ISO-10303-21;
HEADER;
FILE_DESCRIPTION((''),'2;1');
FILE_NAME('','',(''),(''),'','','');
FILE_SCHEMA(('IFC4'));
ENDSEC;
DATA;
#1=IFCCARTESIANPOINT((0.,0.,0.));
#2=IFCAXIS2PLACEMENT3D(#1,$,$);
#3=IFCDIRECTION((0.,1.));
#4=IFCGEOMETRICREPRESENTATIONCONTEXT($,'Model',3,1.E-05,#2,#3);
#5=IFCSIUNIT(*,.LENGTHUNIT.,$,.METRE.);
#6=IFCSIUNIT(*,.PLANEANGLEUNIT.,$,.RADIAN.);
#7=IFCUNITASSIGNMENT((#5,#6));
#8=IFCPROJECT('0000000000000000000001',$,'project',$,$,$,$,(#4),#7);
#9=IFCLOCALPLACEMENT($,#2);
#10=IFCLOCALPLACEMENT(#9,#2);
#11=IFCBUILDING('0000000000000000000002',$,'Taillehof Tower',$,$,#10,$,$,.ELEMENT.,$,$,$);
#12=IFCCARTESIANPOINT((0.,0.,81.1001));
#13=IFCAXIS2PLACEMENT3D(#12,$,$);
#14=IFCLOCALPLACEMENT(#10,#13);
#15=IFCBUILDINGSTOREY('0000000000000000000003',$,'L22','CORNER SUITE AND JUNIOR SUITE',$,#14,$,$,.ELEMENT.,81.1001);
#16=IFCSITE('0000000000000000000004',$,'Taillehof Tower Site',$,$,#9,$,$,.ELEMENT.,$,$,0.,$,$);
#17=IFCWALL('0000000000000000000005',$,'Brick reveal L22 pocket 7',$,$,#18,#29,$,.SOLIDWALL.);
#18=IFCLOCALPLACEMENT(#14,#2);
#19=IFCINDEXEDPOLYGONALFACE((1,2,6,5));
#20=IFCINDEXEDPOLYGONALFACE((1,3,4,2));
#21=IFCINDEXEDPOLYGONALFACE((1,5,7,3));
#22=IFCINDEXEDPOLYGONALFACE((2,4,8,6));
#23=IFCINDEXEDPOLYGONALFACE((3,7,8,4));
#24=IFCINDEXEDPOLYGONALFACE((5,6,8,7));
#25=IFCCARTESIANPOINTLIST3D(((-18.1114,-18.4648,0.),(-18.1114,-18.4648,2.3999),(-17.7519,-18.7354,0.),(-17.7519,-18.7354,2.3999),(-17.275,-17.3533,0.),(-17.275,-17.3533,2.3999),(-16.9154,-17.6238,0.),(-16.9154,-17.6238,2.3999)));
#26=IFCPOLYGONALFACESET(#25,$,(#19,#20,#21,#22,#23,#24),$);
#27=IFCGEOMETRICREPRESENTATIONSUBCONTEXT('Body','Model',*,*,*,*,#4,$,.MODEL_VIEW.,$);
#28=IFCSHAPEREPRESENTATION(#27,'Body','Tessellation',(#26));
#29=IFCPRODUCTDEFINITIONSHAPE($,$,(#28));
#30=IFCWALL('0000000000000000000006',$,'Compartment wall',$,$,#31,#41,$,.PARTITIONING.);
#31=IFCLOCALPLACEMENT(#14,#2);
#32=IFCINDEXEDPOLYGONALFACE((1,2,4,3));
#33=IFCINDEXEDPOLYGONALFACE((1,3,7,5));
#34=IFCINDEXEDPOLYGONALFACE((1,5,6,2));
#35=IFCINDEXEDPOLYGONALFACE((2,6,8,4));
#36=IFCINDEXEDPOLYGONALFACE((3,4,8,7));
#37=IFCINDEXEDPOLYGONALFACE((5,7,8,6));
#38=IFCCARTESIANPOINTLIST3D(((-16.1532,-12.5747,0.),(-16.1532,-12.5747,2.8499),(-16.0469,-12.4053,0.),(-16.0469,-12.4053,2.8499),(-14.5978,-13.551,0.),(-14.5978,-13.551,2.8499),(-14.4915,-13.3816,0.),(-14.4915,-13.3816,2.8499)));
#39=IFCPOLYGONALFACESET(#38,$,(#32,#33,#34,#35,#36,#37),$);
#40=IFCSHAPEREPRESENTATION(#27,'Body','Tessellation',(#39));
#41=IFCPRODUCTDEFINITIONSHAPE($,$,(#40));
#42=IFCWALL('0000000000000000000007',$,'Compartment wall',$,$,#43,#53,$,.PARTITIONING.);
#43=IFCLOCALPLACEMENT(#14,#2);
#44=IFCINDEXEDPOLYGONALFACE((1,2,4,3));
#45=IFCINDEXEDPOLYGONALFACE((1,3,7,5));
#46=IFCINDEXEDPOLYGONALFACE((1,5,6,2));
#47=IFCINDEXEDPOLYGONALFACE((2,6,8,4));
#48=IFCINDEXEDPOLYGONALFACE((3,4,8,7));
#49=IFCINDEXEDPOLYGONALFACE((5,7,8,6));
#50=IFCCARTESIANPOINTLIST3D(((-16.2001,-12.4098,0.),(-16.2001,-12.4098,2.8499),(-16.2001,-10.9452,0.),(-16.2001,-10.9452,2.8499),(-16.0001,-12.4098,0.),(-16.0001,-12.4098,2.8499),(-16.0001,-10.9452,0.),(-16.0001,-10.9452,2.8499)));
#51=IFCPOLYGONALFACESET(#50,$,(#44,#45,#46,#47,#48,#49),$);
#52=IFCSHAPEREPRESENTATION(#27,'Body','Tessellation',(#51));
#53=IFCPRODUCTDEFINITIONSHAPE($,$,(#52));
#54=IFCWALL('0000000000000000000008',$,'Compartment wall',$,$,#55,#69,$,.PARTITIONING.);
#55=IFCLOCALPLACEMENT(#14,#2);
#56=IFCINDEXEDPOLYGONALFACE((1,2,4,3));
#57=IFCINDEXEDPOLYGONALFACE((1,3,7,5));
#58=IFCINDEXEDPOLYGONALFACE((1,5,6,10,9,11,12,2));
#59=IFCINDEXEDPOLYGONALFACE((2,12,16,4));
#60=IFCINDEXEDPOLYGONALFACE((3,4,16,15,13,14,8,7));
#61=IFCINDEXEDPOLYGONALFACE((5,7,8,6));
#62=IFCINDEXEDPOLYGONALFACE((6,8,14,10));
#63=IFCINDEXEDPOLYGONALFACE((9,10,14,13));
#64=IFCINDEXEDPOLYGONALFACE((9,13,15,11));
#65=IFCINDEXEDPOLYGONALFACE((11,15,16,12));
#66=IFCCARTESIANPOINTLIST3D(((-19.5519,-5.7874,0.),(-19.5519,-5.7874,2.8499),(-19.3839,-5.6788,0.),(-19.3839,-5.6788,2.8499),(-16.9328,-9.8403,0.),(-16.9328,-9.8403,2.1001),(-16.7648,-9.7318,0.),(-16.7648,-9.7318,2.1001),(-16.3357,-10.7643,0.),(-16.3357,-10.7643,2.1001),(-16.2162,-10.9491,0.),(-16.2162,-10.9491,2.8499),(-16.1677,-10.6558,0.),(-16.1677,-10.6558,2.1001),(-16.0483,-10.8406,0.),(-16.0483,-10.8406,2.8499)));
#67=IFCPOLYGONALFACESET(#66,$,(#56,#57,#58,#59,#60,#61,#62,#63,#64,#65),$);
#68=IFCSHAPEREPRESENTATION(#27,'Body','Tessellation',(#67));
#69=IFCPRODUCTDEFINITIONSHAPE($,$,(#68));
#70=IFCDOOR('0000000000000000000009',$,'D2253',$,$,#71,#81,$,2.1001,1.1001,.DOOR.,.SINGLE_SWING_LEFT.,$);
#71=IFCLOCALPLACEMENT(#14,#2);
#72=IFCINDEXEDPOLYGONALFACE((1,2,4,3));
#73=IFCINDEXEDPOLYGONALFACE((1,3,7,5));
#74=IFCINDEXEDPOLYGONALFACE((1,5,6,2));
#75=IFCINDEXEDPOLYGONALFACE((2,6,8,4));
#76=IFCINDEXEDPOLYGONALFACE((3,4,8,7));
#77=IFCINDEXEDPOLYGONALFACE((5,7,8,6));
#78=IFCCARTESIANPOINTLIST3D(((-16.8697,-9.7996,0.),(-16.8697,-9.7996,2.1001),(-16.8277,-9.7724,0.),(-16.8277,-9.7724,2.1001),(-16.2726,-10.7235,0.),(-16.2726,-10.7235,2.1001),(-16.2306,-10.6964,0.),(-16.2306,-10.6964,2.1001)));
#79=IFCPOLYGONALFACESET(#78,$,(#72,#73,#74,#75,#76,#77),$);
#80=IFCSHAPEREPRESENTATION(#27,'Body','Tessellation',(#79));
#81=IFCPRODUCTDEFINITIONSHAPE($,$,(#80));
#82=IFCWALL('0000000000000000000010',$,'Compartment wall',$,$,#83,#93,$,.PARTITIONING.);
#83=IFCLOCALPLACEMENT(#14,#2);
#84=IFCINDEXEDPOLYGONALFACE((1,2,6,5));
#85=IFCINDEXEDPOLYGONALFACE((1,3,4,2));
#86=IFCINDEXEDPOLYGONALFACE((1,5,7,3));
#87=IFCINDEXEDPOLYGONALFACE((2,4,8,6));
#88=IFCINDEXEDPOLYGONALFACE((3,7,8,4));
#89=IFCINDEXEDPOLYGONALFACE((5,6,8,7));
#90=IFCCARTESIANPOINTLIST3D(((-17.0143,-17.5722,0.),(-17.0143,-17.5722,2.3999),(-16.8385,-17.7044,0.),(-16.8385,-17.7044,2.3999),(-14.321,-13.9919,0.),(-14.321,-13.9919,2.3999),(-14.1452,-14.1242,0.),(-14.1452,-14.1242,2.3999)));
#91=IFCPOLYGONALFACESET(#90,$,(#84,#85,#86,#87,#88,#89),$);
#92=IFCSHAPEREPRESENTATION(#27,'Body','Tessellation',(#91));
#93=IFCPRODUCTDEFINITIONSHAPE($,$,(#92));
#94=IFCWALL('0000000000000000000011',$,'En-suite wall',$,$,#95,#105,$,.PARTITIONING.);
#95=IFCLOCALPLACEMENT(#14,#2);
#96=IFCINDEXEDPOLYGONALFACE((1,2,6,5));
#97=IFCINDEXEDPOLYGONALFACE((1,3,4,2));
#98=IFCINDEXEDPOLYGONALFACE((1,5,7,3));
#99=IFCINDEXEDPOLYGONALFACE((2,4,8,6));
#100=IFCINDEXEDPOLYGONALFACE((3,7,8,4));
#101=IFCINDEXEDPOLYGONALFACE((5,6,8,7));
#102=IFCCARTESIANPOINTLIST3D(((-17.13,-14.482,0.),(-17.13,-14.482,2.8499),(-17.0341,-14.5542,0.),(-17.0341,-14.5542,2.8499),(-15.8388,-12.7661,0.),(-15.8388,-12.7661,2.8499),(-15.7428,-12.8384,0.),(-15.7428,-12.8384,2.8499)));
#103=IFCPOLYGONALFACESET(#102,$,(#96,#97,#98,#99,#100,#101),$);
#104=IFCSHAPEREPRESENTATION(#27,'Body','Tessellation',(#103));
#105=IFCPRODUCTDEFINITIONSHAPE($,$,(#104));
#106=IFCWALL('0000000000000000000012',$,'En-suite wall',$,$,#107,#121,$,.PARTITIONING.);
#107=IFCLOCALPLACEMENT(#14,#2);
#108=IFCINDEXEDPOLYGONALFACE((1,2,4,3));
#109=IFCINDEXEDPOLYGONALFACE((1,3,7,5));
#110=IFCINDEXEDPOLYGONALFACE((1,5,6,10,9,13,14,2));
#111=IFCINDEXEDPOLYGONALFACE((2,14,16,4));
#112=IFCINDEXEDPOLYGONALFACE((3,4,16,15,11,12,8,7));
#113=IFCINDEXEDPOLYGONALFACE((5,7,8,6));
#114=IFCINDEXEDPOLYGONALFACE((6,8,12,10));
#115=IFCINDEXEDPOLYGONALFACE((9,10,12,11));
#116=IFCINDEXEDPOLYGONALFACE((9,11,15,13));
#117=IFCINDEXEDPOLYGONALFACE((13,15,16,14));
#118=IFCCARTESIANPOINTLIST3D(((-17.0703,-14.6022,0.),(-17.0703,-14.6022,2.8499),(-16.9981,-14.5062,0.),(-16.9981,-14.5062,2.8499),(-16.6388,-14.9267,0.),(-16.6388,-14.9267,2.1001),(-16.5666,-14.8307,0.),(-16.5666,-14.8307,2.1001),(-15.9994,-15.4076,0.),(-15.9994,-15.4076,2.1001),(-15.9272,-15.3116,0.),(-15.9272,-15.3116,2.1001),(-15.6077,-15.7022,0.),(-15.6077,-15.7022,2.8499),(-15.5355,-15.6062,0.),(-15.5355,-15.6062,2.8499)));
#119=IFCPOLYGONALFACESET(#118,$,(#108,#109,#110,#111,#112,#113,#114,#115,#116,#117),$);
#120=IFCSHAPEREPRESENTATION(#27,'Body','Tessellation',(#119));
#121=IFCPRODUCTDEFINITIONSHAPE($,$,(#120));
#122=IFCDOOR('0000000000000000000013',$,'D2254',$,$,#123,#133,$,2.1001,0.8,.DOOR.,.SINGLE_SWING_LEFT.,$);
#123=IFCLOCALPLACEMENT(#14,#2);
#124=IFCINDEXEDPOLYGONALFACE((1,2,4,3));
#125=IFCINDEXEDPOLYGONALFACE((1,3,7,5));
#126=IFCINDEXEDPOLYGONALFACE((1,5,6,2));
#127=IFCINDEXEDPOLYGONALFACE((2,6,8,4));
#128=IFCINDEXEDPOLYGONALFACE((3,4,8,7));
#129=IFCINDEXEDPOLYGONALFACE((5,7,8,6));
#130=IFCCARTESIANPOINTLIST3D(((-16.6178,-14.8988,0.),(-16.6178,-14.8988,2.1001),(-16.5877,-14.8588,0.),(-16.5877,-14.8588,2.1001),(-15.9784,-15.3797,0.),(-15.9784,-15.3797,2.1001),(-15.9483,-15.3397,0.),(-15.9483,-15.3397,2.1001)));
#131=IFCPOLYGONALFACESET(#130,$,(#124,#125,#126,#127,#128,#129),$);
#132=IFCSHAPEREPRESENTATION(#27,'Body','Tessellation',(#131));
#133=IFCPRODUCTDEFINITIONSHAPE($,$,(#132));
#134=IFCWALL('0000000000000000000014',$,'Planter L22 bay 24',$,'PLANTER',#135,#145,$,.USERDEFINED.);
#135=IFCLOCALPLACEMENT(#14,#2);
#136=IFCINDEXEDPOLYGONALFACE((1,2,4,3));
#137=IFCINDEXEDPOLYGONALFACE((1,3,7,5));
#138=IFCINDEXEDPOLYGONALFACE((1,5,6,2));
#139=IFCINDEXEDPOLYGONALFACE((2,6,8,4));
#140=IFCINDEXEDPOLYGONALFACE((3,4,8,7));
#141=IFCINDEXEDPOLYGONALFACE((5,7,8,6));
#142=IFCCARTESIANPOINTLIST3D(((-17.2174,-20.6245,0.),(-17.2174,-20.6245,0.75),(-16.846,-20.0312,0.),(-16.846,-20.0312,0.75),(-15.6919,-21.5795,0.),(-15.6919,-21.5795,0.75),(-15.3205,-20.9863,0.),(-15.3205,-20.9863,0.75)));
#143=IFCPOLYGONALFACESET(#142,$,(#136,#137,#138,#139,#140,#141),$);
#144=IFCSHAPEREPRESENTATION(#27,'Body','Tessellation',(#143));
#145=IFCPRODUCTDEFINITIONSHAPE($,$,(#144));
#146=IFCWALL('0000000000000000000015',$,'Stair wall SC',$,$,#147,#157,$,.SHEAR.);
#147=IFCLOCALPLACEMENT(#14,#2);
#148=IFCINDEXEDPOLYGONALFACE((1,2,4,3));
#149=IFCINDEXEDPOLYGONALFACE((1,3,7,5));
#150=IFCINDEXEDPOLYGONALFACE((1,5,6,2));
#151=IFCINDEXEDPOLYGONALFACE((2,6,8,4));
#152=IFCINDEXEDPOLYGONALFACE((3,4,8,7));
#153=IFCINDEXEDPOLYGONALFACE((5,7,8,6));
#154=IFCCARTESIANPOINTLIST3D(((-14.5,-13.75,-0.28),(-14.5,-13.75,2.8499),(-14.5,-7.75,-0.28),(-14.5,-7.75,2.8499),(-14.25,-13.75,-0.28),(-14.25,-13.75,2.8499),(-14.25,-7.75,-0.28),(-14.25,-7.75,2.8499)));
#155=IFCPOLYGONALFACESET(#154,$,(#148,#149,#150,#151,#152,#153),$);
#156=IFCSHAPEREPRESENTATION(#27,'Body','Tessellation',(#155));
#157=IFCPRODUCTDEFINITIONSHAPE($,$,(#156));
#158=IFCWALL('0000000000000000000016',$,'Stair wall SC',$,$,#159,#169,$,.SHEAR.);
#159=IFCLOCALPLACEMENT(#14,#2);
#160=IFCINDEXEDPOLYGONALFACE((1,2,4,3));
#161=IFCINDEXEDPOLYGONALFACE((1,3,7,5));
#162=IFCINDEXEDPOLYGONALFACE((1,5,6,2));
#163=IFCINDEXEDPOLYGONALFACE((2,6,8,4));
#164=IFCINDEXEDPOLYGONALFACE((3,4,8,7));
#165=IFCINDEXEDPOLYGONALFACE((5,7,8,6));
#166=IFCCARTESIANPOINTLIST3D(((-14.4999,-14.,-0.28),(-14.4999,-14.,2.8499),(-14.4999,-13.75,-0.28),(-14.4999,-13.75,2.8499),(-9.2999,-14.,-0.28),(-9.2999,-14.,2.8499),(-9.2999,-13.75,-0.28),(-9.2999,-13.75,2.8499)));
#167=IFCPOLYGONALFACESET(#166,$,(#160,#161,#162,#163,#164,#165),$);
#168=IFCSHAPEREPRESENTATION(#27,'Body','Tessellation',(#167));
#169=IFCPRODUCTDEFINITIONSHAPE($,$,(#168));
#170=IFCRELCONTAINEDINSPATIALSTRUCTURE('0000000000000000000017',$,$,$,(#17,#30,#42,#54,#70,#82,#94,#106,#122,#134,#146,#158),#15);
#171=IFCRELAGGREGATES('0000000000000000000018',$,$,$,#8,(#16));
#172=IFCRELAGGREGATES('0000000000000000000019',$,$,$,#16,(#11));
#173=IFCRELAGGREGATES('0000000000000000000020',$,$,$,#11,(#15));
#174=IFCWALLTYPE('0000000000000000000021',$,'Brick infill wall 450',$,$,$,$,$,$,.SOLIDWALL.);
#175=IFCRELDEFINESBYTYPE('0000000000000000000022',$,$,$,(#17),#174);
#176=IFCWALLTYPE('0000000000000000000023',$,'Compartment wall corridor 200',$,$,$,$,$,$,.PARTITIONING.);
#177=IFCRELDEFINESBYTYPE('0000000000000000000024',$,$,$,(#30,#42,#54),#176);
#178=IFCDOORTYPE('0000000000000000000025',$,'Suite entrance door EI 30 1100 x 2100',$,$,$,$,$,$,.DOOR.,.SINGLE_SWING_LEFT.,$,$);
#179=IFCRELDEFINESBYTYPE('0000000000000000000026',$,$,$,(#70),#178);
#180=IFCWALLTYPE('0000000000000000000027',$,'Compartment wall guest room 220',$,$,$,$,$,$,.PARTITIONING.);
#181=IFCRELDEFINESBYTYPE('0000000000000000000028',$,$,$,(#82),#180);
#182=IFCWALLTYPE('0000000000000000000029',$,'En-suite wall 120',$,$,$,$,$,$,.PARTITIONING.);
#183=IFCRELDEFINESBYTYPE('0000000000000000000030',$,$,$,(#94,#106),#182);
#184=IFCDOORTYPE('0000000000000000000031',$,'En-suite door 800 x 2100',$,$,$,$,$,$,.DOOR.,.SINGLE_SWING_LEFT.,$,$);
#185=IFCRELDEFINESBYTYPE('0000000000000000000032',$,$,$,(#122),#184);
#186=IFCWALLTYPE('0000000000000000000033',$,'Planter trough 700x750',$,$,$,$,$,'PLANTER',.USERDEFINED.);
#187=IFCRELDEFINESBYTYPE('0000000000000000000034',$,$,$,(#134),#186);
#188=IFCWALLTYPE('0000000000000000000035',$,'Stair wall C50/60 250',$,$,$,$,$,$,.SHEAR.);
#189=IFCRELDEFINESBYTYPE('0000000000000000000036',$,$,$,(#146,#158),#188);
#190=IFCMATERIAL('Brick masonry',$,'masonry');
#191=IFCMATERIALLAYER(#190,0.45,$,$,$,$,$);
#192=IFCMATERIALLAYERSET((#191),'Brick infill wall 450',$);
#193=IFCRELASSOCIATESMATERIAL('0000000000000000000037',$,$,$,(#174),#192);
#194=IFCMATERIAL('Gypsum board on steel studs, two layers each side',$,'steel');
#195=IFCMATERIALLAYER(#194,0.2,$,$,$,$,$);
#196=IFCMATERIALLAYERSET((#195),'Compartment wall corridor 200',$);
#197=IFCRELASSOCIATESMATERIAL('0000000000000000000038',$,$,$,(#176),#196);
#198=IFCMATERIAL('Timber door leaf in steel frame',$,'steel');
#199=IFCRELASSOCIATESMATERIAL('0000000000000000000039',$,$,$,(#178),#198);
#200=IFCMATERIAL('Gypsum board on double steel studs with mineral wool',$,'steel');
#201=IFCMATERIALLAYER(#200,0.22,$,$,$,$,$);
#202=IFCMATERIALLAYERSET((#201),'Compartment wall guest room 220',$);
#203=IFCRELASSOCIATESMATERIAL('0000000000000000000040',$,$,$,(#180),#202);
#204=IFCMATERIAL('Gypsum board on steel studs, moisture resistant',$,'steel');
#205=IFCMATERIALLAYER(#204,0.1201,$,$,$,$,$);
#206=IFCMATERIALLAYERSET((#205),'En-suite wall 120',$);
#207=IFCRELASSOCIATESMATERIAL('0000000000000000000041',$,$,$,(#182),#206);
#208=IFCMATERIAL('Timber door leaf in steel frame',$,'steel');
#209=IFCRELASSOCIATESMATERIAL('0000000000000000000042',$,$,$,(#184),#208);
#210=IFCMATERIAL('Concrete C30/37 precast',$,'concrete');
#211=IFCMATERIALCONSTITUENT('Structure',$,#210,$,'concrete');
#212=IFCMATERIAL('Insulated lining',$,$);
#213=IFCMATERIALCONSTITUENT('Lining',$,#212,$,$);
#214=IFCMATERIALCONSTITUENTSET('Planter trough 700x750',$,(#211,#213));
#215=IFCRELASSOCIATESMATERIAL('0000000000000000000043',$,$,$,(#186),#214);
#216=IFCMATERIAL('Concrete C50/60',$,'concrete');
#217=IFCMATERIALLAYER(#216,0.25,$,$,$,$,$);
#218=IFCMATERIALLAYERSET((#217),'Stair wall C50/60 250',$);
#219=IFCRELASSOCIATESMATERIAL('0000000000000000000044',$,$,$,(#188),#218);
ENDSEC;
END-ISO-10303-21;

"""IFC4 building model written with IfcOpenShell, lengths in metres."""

from ifc_helpers import new_model, si_unit, direction, frame, frame_2d, origin, place, context, subcontext, project, spatial, rectangle, extrude, material, layer, layer_set, constituent, constituent_set, type_object, element, fill, save


model = new_model("IFC4")

# Units and contexts
model_context = context("Model", 3, precision=1e-05, world=origin(), true_north=direction((0.0, 1.0)))
body_context = subcontext(model_context, "Body", "Model", "MODEL_VIEW")
ifc_project = project(units=[si_unit("LENGTHUNIT", "METRE"), si_unit("PLANEANGLEUNIT", "RADIAN")], contexts=[model_context])

# Site, building, storey
site_placement = place(None, origin())
site = spatial("IfcSite", under=ifc_project, at=site_placement, Name="Taillehof Tower Site", CompositionType="ELEMENT", RefElevation=0.0)
building_placement = place(site_placement, origin())
building = spatial("IfcBuilding", under=site, at=building_placement, Name="Taillehof Tower", CompositionType="ELEMENT")
storey_placement = place(building_placement, frame((0.0, 0.0, 81.1001)))
storey = spatial("IfcBuildingStorey", under=building, at=storey_placement, Name="L22", Description="CORNER SUITE AND JUNIOR SUITE", CompositionType="ELEMENT", Elevation=81.1001)

# Shared definitions
ifc_material_1 = material(Name="Brick masonry", Category="masonry")
ifc_layer_1 = layer(ifc_material_1, 0.45)
ifc_layer_set_1 = layer_set([ifc_layer_1], Name="Brick infill wall 450")
wall_type_1 = type_object("IfcWallType", Name="Brick infill wall 450", PredefinedType="SOLIDWALL", material=ifc_layer_set_1)

# Wall
wall_1_placement = place(storey_placement, frame((-17.9316, -18.6001, 0.0), z_axis=(0.0, 0.0, 1.0), x_axis=(0.601263, 0.799051, 0.0)))
element("IfcWall", 1, at=wall_1_placement, inside=storey, type_object=wall_type_1, Name="Brick reveal L22 pocket 7", PredefinedType="SOLIDWALL", context=body_context, shape_type="SweptSolid", body=[
    extrude(rectangle(XDim=1.3911, YDim=0.45, at=frame_2d((0.6956, 0.0))), origin(), (0.0, 0.0, 1.0), 2.3999),
])

# Walls
ifc_material_2 = material(Name="Gypsum board on steel studs, two layers each side", Category="steel")
ifc_layer_2 = layer(ifc_material_2, 0.2)
ifc_layer_set_2 = layer_set([ifc_layer_2], Name="Compartment wall corridor 200")
wall_type_2 = type_object("IfcWallType", Name="Compartment wall corridor 200", PredefinedType="PARTITIONING", material=ifc_layer_set_2)
wall_2_placement = place(storey_placement, frame((-14.5447, -13.4663, 0.0), z_axis=(0.0, 0.0, 1.0), x_axis=(-0.846974, 0.531635, 0.0)))
element("IfcWall", 2, at=wall_2_placement, inside=storey, type_object=wall_type_2, Name="Compartment wall", PredefinedType="PARTITIONING", context=body_context, shape_type="SweptSolid", body=[
    extrude(rectangle(XDim=1.8364, YDim=0.2, at=frame_2d((0.9182, 0.0))), origin(), (0.0, 0.0, 1.0), 2.8499),
])
wall_3_placement = place(storey_placement, frame((-16.1001, -12.4099, 0.0), z_axis=(0.0, 0.0, 1.0), x_axis=(0.0, 1.0, 0.0)))
element("IfcWall", 3, at=wall_3_placement, inside=storey, type_object=wall_type_2, Name="Compartment wall", PredefinedType="PARTITIONING", context=body_context, shape_type="SweptSolid", body=[
    extrude(rectangle(XDim=1.4646, YDim=0.2, at=frame_2d((0.7324, 0.0))), origin(), (0.0, 0.0, 1.0), 2.8499),
])

# Wall, opening, door
wall_4_placement = place(storey_placement, frame((-16.1323, -10.8948, 0.0), z_axis=(0.0, 0.0, 1.0), x_axis=(-0.542754, 0.839892, 0.0)))
wall_4 = element("IfcWall", 4, at=wall_4_placement, inside=storey, type_object=wall_type_2, Name="Compartment wall", PredefinedType="PARTITIONING", context=body_context, shape_type="SweptSolid", body=[
    extrude(rectangle(XDim=6.1458, YDim=0.2, at=frame_2d((3.0728, 0.0))), origin(), (0.0, 0.0, 1.0), 2.8499),
])
opening_1_placement = place(wall_4_placement, frame((0.22, 0.0, 0.0)))
opening_1 = element("IfcOpeningElement", 5, at=opening_1_placement, cuts=wall_4, PredefinedType="OPENING", context=body_context, shape_type="SweptSolid", body=[
    extrude(rectangle(XDim=1.1001, YDim=2.1001, at=frame_2d((0.55, 1.05))), frame((0.0, 0.1099, 0.0), z_axis=(0.0, -1.0, 0.0), x_axis=(1.0, 0.0, 0.0)), (0.0, 0.0, 1.0), 0.22),
])
ifc_material_3 = material(Name="Timber door leaf in steel frame", Category="steel")
door_type_1 = type_object("IfcDoorType", Name="Suite entrance door EI 30 1100 x 2100", OperationType="SINGLE_SWING_LEFT", PredefinedType="DOOR", material=ifc_material_3)
door_1_placement = place(opening_1_placement, origin())
door_1 = element("IfcDoor", 6, at=door_1_placement, inside=storey, type_object=door_type_1, Name="D2253", OperationType="SINGLE_SWING_LEFT", OverallHeight=2.1001, OverallWidth=1.1001, PredefinedType="DOOR", context=body_context, shape_type="SweptSolid", body=[
    extrude(rectangle(XDim=1.1001, YDim=2.1001, at=frame_2d((0.55, 1.05))), frame((0.0, 0.0249, 0.0), z_axis=(0.0, -1.0, 0.0), x_axis=(1.0, 0.0, 0.0)), (0.0, 0.0, 1.0), 0.05),
])
fill(opening_1, door_1)

# Walls
ifc_material_4 = material(Name="Gypsum board on double steel studs with mineral wool", Category="steel")
ifc_layer_3 = layer(ifc_material_4, 0.22)
ifc_layer_set_3 = layer_set([ifc_layer_3], Name="Compartment wall guest room 220")
wall_type_3 = type_object("IfcWallType", Name="Compartment wall guest room 220", PredefinedType="PARTITIONING", material=ifc_layer_set_3)
wall_5_placement = place(storey_placement, frame((-16.9265, -17.6384, 0.0), z_axis=(0.0, 0.0, 1.0), x_axis=(0.601159, 0.799129, 0.0)))
element("IfcWall", 7, at=wall_5_placement, inside=storey, type_object=wall_type_3, Name="Compartment wall", PredefinedType="PARTITIONING", context=body_context, shape_type="SweptSolid", body=[
    extrude(rectangle(XDim=4.4802, YDim=0.22, at=frame_2d((2.2402, 0.0))), origin(), (0.0, 0.0, 1.0), 2.3999),
])
ifc_material_5 = material(Name="Gypsum board on steel studs, moisture resistant", Category="steel")
ifc_layer_4 = layer(ifc_material_5, 0.1201)
ifc_layer_set_4 = layer_set([ifc_layer_4], Name="En-suite wall 120")
wall_type_4 = type_object("IfcWallType", Name="En-suite wall 120", PredefinedType="PARTITIONING", material=ifc_layer_set_4)
wall_6_placement = place(storey_placement, frame((-15.7908, -12.8022, 0.0), z_axis=(0.0, 0.0, 1.0), x_axis=(-0.601309, -0.799017, 0.0)))
element("IfcWall", 8, at=wall_6_placement, inside=storey, type_object=wall_type_4, Name="En-suite wall", PredefinedType="PARTITIONING", context=body_context, shape_type="SweptSolid", body=[
    extrude(rectangle(XDim=2.1475, YDim=0.1201, at=frame_2d((1.0737, 0.0))), origin(), (0.0, 0.0, 1.0), 2.8499),
])

# Wall, opening, door
wall_7_placement = place(storey_placement, frame((-17.0342, -14.5542, 0.0), z_axis=(0.0, 0.0, 1.0), x_axis=(0.799183, -0.601088, 0.0)))
wall_7 = element("IfcWall", 9, at=wall_7_placement, inside=storey, type_object=wall_type_4, Name="En-suite wall", PredefinedType="PARTITIONING", context=body_context, shape_type="SweptSolid", body=[
    extrude(rectangle(XDim=1.8301, YDim=0.1201, at=frame_2d((0.915, 0.0))), origin(), (0.0, 0.0, 1.0), 2.8499),
])
opening_2_placement = place(wall_7_placement, frame((0.54, 0.0, 0.0)))
opening_2 = element("IfcOpeningElement", 10, at=opening_2_placement, cuts=wall_7, PredefinedType="OPENING", context=body_context, shape_type="SweptSolid", body=[
    extrude(rectangle(XDim=0.8, YDim=2.1001, at=frame_2d((0.3999, 1.05))), frame((0.0, 0.0701, 0.0), z_axis=(0.0, -1.0, 0.0), x_axis=(1.0, 0.0, 0.0)), (0.0, 0.0, 1.0), 0.1401),
])
ifc_material_6 = material(Name="Timber door leaf in steel frame", Category="steel")
door_type_2 = type_object("IfcDoorType", Name="En-suite door 800 x 2100", OperationType="SINGLE_SWING_LEFT", PredefinedType="DOOR", material=ifc_material_6)
door_2_placement = place(opening_2_placement, origin())
door_2 = element("IfcDoor", 11, at=door_2_placement, inside=storey, type_object=door_type_2, Name="D2254", OperationType="SINGLE_SWING_LEFT", OverallHeight=2.1001, OverallWidth=0.8, PredefinedType="DOOR", context=body_context, shape_type="SweptSolid", body=[
    extrude(rectangle(XDim=0.8, YDim=2.1001, at=frame_2d((0.3999, 1.05))), frame((0.0, 0.0249, 0.0), z_axis=(0.0, -1.0, 0.0), x_axis=(1.0, 0.0, 0.0)), (0.0, 0.0, 1.0), 0.05),
])
fill(opening_2, door_2)

# Walls
ifc_material_7 = material(Name="Concrete C30/37 precast", Category="concrete")
ifc_constituent_1 = constituent(ifc_material_7, Name="Structure", Category="concrete")
ifc_material_8 = material(Name="Insulated lining")
ifc_constituent_2 = constituent(ifc_material_8, Name="Lining")
ifc_constituent_set = constituent_set(constituents=[ifc_constituent_1, ifc_constituent_2], Name="Planter trough 700x750")
wall_type_5 = type_object("IfcWallType", Name="Planter trough 700x750", ElementType="PLANTER", PredefinedType="USERDEFINED", material=ifc_constituent_set)
wall_8_placement = place(storey_placement, frame((-17.0317, -20.3279, 0.0), z_axis=(0.0, 0.0, 1.0), x_axis=(0.847609, -0.530621, 0.0)))
element("IfcWall", 12, at=wall_8_placement, inside=storey, type_object=wall_type_5, Name="Planter L22 bay 24", ObjectType="PLANTER", PredefinedType="USERDEFINED", context=body_context, shape_type="SweptSolid", body=[
    extrude(rectangle(XDim=1.7998, YDim=0.7, at=frame_2d((0.8999, 0.0))), origin(), (0.0, 0.0, 1.0), 0.75),
])
ifc_material_9 = material(Name="Concrete C50/60", Category="concrete")
ifc_layer_5 = layer(ifc_material_9, 0.25)
ifc_layer_set_5 = layer_set([ifc_layer_5], Name="Stair wall C50/60 250")
wall_type_6 = type_object("IfcWallType", Name="Stair wall C50/60 250", PredefinedType="SHEAR", material=ifc_layer_set_5)
wall_9_placement = place(storey_placement, frame((-14.375, -13.75, -0.28), z_axis=(0.0, 0.0, 1.0), x_axis=(0.0, 1.0, 0.0)))
element("IfcWall", 13, at=wall_9_placement, inside=storey, type_object=wall_type_6, Name="Stair wall SC", PredefinedType="SHEAR", context=body_context, shape_type="SweptSolid", body=[
    extrude(rectangle(XDim=6.0, YDim=0.25, at=frame_2d((3.0, 0.0))), origin(), (0.0, 0.0, 1.0), 3.1299),
])
wall_10_placement = place(storey_placement, frame((-14.5, -13.875, -0.28), z_axis=(0.0, 0.0, 1.0), x_axis=(1.0, 0.0, 0.0)))
element("IfcWall", 14, at=wall_10_placement, inside=storey, type_object=wall_type_6, Name="Stair wall SC", PredefinedType="SHEAR", context=body_context, shape_type="SweptSolid", body=[
    extrude(rectangle(XDim=5.2, YDim=0.25, at=frame_2d((2.6001, 0.0))), origin(), (0.0, 0.0, 1.0), 3.1299),
])

save(model, "model.ifc")
